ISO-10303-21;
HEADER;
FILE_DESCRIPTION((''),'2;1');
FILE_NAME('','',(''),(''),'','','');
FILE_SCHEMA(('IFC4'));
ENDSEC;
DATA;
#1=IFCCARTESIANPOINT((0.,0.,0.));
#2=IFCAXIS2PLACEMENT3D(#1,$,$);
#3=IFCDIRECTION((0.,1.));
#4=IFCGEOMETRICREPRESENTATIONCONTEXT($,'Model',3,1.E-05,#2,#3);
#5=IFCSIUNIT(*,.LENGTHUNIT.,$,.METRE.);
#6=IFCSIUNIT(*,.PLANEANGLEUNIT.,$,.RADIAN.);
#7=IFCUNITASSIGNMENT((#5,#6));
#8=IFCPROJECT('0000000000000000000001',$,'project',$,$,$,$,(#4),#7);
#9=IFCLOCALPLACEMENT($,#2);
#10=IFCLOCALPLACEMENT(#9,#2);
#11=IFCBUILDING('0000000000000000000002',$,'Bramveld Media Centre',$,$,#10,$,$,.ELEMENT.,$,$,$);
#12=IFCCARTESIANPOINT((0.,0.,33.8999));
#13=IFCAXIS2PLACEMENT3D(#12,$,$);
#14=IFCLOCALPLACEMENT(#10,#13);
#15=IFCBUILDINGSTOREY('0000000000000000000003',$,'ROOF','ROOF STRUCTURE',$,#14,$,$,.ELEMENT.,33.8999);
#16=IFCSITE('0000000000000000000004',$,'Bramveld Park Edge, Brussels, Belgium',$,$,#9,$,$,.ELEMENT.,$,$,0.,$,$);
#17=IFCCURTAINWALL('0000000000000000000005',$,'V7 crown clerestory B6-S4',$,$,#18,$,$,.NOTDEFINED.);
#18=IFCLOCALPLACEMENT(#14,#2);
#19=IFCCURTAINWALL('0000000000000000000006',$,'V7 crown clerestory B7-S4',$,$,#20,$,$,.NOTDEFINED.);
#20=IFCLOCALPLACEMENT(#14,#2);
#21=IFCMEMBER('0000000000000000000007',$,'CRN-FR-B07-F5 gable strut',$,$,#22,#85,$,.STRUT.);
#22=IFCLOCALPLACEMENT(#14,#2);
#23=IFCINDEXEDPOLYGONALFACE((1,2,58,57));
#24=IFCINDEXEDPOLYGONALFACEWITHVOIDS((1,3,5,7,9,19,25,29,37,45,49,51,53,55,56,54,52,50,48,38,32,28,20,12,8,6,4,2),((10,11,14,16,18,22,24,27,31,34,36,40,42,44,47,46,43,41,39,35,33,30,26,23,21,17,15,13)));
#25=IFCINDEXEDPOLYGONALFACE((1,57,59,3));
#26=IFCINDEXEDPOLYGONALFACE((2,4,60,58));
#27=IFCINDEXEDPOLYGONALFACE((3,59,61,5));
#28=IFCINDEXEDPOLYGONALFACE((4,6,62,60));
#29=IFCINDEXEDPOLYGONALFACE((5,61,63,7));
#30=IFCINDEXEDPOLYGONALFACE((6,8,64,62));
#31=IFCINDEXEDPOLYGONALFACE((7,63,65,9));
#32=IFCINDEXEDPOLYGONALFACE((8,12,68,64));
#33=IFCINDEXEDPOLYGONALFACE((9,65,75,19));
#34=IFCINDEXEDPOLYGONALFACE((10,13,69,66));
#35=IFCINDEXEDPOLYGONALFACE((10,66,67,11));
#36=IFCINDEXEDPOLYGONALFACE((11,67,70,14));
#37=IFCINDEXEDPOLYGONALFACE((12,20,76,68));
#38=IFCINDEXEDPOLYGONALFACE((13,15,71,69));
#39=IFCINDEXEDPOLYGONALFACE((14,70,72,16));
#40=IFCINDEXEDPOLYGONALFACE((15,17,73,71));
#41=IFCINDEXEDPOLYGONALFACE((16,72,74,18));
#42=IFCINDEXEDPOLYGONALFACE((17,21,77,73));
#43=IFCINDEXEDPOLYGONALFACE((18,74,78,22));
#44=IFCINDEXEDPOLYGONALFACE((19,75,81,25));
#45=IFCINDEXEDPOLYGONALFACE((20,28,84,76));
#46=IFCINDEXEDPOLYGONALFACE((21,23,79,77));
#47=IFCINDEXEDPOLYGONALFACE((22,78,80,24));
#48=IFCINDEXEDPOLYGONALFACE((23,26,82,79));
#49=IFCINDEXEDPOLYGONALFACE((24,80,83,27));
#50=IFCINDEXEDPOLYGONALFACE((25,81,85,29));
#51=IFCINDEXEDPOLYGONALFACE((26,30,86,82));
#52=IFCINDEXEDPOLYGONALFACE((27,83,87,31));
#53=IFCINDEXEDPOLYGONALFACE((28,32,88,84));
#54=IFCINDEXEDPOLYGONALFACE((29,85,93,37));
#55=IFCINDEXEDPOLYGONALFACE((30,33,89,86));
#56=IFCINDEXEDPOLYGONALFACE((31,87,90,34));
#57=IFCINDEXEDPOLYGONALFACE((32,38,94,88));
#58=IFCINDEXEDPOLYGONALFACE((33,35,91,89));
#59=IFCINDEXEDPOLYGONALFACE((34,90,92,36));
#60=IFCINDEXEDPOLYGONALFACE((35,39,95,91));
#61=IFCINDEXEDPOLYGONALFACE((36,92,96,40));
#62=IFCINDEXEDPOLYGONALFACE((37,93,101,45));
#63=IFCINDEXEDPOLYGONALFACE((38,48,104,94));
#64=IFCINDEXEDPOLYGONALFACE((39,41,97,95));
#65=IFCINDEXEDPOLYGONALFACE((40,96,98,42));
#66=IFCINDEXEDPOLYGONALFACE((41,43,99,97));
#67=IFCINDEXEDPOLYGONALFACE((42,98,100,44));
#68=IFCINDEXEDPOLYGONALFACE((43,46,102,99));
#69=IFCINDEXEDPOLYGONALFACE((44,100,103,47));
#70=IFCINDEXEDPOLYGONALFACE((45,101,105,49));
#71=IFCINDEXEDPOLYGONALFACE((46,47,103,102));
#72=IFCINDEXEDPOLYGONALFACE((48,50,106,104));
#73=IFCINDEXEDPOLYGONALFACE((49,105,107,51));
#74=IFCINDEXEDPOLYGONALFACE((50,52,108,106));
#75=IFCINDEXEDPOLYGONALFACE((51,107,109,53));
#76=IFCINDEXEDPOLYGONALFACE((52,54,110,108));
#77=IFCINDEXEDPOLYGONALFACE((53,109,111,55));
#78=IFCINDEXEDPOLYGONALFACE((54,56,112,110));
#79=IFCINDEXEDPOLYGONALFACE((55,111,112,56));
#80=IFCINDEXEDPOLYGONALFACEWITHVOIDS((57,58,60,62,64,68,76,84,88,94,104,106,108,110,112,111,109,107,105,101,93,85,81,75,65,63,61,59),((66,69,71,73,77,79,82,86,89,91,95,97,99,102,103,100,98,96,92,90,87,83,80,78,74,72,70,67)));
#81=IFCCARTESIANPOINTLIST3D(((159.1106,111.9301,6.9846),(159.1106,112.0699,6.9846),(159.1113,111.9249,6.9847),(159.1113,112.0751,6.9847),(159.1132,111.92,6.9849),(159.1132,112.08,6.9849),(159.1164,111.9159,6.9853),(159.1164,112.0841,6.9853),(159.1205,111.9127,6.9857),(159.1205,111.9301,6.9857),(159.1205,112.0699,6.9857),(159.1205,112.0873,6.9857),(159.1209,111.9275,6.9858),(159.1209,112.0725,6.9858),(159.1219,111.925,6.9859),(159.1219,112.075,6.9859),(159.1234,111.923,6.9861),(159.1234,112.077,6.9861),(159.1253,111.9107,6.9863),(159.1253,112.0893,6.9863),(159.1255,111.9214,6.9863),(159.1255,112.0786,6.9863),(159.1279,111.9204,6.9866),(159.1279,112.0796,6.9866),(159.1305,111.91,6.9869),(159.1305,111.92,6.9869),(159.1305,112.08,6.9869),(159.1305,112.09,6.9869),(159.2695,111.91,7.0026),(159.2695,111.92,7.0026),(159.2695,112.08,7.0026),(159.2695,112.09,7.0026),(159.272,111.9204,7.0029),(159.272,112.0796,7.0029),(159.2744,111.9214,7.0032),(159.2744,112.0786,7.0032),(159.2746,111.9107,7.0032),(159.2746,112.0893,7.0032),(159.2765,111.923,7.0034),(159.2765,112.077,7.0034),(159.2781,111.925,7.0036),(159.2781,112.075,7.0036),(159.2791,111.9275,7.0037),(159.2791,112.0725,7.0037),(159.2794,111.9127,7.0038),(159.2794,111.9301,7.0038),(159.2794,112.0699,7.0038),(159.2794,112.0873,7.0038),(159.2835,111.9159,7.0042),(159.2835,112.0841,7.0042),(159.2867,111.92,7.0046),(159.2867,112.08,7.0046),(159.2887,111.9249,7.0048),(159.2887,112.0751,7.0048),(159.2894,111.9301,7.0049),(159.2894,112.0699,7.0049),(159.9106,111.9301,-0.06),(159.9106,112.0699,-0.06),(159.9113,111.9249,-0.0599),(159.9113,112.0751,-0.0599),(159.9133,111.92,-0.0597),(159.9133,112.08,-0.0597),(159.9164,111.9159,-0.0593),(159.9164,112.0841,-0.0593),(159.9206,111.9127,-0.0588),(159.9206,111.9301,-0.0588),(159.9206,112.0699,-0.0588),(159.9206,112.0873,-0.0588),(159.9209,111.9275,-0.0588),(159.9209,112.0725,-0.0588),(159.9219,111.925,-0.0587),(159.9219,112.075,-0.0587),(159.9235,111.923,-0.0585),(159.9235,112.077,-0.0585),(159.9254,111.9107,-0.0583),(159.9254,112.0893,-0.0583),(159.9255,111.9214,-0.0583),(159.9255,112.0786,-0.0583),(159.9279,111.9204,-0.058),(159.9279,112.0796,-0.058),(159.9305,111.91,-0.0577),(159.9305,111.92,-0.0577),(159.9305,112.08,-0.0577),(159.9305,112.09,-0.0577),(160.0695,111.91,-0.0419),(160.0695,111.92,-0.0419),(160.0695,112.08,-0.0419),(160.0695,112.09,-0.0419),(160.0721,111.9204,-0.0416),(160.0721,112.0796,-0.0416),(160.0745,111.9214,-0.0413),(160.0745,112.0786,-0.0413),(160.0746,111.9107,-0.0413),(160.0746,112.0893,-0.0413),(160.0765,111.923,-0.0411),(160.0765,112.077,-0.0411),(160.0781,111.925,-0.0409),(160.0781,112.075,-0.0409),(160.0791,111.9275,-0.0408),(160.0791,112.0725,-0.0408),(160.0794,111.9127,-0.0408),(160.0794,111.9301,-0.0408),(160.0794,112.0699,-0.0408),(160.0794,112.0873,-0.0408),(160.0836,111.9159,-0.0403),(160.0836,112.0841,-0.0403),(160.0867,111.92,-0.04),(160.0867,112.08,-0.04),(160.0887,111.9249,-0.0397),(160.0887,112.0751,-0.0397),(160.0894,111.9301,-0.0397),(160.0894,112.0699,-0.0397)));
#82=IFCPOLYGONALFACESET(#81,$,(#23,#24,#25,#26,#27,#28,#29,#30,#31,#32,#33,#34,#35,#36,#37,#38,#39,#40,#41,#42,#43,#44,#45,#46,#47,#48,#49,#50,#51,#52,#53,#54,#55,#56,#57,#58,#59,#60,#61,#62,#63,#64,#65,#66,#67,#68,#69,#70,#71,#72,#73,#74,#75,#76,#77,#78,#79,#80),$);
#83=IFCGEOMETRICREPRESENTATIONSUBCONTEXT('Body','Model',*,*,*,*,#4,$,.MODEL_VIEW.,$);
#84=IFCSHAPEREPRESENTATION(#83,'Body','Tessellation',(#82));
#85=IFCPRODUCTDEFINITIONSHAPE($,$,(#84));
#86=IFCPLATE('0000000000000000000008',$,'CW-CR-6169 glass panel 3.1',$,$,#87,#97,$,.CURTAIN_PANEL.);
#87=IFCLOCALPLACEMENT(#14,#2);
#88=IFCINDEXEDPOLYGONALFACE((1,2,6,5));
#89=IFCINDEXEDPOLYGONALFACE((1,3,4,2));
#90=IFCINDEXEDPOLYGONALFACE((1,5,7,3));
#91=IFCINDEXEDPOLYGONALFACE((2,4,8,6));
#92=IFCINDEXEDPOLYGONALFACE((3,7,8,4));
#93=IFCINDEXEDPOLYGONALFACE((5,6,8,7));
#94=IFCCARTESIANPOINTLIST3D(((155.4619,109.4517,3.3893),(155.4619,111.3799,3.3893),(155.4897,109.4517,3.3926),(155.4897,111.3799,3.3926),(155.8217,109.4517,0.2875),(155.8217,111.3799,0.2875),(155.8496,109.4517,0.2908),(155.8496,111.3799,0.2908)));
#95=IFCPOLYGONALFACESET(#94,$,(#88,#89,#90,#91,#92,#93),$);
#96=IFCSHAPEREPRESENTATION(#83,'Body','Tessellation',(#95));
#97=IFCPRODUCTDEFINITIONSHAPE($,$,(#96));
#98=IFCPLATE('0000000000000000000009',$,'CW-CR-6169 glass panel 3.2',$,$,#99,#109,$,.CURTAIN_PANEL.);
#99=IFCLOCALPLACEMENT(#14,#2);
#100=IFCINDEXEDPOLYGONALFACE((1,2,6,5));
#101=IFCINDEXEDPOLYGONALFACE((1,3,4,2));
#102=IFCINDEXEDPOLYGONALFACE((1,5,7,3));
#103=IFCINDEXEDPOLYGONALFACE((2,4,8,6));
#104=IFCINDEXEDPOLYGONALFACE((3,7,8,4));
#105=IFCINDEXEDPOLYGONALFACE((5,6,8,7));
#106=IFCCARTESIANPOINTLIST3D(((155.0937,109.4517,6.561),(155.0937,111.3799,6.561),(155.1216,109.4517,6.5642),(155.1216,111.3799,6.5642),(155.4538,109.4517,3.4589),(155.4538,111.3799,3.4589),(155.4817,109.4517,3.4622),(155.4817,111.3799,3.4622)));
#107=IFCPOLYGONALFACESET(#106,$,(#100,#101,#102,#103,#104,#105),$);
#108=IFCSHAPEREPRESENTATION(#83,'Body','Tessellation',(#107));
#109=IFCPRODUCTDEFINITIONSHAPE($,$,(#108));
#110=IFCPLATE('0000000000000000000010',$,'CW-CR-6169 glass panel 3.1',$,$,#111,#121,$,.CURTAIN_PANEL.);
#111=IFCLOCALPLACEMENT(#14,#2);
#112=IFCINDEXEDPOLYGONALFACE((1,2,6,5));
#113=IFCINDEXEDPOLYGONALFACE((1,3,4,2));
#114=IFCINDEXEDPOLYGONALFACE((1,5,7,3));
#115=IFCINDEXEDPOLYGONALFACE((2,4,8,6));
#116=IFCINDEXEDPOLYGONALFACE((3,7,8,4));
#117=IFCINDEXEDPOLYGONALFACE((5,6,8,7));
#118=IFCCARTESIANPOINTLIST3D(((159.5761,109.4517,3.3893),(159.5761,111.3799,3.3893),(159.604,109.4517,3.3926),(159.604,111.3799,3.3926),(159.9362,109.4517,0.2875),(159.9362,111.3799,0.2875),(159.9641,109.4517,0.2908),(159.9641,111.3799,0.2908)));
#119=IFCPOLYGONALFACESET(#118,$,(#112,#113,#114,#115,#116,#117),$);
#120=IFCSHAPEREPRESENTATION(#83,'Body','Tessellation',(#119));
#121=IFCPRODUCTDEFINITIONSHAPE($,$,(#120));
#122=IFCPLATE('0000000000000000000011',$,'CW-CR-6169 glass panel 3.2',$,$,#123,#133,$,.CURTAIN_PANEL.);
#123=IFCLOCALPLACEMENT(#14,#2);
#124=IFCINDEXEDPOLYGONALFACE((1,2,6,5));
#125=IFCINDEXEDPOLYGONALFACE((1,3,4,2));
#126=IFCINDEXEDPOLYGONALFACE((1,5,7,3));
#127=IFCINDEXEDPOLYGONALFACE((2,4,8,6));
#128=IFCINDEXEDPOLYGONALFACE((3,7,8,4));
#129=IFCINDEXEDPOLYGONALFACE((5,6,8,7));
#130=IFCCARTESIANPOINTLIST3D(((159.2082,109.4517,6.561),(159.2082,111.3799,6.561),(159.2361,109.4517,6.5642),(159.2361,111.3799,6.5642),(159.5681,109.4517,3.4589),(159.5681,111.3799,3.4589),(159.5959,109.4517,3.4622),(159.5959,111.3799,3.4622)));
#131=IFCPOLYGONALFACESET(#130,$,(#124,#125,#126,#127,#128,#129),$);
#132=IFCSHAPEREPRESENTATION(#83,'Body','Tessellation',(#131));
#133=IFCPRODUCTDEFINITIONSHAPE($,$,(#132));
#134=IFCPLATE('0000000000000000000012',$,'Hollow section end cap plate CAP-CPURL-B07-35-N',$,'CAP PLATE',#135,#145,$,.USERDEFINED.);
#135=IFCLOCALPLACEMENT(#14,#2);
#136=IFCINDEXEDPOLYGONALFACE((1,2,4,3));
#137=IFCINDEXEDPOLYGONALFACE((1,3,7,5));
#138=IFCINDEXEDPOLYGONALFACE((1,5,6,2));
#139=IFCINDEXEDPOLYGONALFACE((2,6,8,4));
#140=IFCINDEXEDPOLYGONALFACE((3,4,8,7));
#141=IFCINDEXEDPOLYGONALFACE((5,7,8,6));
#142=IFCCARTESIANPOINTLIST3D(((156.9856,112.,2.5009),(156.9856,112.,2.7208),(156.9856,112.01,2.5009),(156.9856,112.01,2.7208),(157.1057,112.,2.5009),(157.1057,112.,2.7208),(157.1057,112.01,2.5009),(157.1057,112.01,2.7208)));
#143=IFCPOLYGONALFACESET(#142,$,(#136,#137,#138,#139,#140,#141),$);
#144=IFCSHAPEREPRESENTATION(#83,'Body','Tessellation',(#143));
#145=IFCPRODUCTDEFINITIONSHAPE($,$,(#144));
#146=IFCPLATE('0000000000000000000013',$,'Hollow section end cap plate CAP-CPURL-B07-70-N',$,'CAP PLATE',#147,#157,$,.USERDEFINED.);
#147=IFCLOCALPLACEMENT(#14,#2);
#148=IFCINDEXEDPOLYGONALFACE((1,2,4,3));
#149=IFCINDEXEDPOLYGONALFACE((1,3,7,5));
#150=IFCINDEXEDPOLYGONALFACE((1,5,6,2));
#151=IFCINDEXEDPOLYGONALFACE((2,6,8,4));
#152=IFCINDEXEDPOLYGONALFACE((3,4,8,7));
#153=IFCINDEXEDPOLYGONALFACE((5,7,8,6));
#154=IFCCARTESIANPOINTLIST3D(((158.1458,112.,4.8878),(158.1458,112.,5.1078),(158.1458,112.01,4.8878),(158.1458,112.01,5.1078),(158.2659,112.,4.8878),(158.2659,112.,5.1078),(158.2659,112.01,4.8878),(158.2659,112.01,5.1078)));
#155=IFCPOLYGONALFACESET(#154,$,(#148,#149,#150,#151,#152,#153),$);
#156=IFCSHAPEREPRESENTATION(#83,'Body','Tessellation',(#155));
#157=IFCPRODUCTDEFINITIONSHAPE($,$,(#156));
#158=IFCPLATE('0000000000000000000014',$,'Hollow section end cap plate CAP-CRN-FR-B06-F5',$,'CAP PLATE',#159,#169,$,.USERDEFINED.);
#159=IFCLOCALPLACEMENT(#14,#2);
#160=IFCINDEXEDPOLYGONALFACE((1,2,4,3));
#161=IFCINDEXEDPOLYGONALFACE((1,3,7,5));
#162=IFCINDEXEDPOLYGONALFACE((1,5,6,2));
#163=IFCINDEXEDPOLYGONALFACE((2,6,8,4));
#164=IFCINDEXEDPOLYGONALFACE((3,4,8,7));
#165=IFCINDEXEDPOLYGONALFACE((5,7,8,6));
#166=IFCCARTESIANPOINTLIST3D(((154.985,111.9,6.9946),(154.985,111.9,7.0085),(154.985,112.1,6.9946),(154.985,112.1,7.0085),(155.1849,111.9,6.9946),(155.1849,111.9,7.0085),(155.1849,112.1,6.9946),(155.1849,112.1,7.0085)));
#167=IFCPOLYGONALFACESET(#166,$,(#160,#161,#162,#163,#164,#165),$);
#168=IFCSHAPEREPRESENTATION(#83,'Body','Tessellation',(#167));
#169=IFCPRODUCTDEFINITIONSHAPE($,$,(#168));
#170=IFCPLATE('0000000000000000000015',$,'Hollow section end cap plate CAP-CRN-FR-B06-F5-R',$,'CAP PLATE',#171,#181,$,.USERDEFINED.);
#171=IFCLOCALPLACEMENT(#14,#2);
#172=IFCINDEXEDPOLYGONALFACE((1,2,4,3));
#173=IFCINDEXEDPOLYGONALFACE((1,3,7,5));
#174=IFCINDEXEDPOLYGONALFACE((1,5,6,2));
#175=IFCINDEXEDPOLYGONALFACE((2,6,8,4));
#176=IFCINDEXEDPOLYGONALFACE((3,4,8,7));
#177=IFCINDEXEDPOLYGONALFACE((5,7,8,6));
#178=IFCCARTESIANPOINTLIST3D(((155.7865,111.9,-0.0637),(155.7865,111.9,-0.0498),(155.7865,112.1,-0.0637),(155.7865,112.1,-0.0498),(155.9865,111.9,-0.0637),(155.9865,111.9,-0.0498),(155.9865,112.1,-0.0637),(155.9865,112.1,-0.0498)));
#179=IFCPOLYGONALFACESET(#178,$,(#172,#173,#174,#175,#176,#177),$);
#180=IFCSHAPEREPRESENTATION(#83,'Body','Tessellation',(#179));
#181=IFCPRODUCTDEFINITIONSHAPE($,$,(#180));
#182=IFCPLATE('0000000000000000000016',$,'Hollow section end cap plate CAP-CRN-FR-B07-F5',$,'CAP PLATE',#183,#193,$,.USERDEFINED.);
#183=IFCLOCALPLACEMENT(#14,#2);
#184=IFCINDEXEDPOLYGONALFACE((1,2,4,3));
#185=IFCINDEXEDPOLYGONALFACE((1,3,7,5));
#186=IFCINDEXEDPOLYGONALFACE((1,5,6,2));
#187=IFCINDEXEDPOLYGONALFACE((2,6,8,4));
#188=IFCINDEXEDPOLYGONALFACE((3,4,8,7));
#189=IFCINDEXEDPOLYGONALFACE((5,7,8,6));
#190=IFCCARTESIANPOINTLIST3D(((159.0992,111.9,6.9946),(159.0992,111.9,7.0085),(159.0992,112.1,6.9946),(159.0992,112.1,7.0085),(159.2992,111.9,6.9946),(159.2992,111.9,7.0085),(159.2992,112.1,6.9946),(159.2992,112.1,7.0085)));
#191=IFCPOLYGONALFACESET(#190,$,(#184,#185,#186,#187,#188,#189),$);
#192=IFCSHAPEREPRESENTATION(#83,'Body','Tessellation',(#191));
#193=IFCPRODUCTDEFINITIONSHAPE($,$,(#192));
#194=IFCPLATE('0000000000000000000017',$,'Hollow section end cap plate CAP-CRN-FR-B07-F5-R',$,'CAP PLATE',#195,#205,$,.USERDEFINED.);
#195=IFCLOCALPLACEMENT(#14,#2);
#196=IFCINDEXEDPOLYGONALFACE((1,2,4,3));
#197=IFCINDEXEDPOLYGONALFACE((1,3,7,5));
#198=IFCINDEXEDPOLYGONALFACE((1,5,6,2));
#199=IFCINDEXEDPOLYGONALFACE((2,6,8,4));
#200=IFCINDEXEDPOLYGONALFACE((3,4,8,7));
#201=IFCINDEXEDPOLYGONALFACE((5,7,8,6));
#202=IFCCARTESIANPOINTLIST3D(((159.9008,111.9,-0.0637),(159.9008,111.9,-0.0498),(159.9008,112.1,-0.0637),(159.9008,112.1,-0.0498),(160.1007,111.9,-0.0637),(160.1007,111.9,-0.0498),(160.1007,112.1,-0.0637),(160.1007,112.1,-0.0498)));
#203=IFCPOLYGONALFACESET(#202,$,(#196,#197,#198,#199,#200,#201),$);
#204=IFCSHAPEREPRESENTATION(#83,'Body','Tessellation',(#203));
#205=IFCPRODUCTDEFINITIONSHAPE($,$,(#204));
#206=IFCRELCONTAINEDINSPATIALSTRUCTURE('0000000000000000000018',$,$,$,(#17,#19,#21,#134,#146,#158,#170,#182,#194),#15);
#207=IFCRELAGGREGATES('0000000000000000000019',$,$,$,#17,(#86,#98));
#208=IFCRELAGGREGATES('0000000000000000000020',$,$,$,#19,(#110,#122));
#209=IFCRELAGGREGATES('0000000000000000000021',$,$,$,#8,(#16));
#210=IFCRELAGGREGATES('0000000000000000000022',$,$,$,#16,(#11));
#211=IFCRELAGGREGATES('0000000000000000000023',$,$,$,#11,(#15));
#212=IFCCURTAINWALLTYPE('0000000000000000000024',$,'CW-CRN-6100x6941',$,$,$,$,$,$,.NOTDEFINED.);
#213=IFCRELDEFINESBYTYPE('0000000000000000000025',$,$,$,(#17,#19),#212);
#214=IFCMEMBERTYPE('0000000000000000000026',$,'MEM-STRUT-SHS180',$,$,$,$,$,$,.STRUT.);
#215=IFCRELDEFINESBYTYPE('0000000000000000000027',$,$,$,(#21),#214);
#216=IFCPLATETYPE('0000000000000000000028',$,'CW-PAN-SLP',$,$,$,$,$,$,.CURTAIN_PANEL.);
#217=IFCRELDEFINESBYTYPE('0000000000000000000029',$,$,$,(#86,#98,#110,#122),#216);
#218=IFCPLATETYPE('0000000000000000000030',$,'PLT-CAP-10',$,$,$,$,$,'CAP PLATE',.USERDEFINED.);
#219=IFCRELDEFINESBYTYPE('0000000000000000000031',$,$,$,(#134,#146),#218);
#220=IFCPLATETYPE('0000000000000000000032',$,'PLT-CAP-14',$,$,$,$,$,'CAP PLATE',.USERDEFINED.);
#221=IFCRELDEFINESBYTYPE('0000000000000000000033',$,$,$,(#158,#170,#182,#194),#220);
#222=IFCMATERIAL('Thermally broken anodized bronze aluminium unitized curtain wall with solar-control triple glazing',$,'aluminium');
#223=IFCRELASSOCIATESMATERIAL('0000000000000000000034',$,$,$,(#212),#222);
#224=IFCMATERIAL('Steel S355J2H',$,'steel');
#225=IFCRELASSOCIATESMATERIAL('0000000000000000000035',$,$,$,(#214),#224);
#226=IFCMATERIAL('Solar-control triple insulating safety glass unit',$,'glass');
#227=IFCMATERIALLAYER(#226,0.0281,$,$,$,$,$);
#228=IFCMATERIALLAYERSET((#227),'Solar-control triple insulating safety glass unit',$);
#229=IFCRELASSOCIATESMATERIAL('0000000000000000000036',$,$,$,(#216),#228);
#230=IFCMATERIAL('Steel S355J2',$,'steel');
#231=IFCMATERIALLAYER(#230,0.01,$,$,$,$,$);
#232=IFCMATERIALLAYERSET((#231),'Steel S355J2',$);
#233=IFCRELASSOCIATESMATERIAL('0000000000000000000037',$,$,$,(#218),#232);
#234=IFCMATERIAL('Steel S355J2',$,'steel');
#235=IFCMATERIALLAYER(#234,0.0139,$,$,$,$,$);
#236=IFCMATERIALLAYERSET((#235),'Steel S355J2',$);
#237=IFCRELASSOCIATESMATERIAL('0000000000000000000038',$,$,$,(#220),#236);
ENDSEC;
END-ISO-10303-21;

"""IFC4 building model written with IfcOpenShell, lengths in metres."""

from ifc_helpers import new_model, si_unit, direction, frame, origin, origin_2d, place, context, subcontext, project, spatial, polyline, rectangle, hollow_rectangle, outline, extrude, material, layer, layer_set, material_profile, profile_set, type_object, element, aggregate, save


model = new_model("IFC4")

# Units and contexts
model_context = context("Model", 3, precision=1e-05, world=origin(), true_north=direction((0.0, 1.0)))
body_context = subcontext(model_context, "Body", "Model", "MODEL_VIEW")
ifc_project = project(units=[si_unit("LENGTHUNIT", "METRE"), si_unit("PLANEANGLEUNIT", "RADIAN")], contexts=[model_context])

# Site, building, storey
site_placement = place(None, origin())
site = spatial("IfcSite", under=ifc_project, at=site_placement, Name="Bramveld Park Edge, Brussels, Belgium", CompositionType="ELEMENT", RefElevation=0.0)
building_placement = place(site_placement, origin())
building = spatial("IfcBuilding", under=site, at=building_placement, Name="Bramveld Media Centre", CompositionType="ELEMENT")
storey_placement = place(building_placement, frame((0.0, 0.0, 33.8999)))
storey = spatial("IfcBuildingStorey", under=building, at=storey_placement, Name="ROOF", Description="ROOF STRUCTURE", CompositionType="ELEMENT", Elevation=33.8999)

# Curtain walls
ifc_material_1 = material(Name="Thermally broken anodized bronze aluminium unitized curtain wall with solar-control triple glazing", Category="aluminium")
curtain_wall_type = type_object("IfcCurtainWallType", Name="CW-CRN-6100x6941", PredefinedType="NOTDEFINED", material=ifc_material_1)
curtain_wall_1_placement = place(storey_placement, origin())
curtain_wall_1 = element("IfcCurtainWall", 1, at=curtain_wall_1_placement, inside=storey, type_object=curtain_wall_type, Name="V7 crown clerestory B6-S4", PredefinedType="NOTDEFINED")
curtain_wall_2_placement = place(storey_placement, origin())
curtain_wall_2 = element("IfcCurtainWall", 2, at=curtain_wall_2_placement, inside=storey, type_object=curtain_wall_type, Name="V7 crown clerestory B7-S4", PredefinedType="NOTDEFINED")

# Member
ifc_material_2 = material(Name="Steel S355J2H", Category="steel")
ifc_material_profile_1 = material_profile(ifc_material_2, hollow_rectangle(XDim=0.1799, YDim=0.1799, WallThickness=0.01, InnerFilletRadius=0.01, OuterFilletRadius=0.02, at=origin_2d()), Name="SHS 180x180x10")
ifc_profile_set_1 = profile_set([ifc_material_profile_1], Name="Steel S355J2H")
member_type_1 = type_object("IfcMemberType", Name="MEM-STRUT-SHS180", PredefinedType="STRUT", material=ifc_profile_set_1)
for number, where, z_axis, x_axis, name in (
    (3, (160.0, 112.0, -0.0498), (-0.112842, 0.0, 0.993613), (0.0, -1.0, 0.0), "CRN-FR-B07-F5 gable strut"),
):
    element("IfcMember", number, at=place(storey_placement, frame(where, z_axis=z_axis, x_axis=x_axis)), inside=storey, type_object=member_type_1, Name=name, PredefinedType="STRUT", context=body_context, shape_type="SweptSolid", body=[
        extrude(hollow_rectangle(XDim=0.1799, YDim=0.1799, WallThickness=0.01, InnerFilletRadius=0.01, OuterFilletRadius=0.02, at=origin_2d()), origin(), (0.0, 0.0, 1.0), 7.0898),
    ])

# Plates
ifc_material_3 = material(Name="Solar-control triple insulating safety glass unit", Category="glass")
ifc_layer_1 = layer(ifc_material_3, 0.0281)
ifc_layer_set_1 = layer_set([ifc_layer_1], Name="Solar-control triple insulating safety glass unit")
plate_type_1 = type_object("IfcPlateType", Name="CW-PAN-SLP", PredefinedType="CURTAIN_PANEL", material=ifc_layer_set_1)
plate_1_placement = place(storey_placement, frame((155.8496, 109.4517, 0.2908), z_axis=(0.993337, 0.0, 0.115244), x_axis=(0.0, 1.0, 0.0)))
plate_1 = element("IfcPlate", 4, at=plate_1_placement, type_object=plate_type_1, Name="CW-CR-6169 glass panel 3.1", PredefinedType="CURTAIN_PANEL", context=body_context, shape_type="SweptSolid", body=[
    extrude(outline(polyline([(0.0, 0.0), (1.9282, 0.0), (1.9282, 3.1226), (0.0, 3.1226), (0.0, 0.0)])), origin(), (0.0, 0.0, -1.0), 0.0281),
])
plate_2_placement = place(storey_placement, frame((155.4817, 109.4517, 3.4622), z_axis=(0.993329, 0.0, 0.115313), x_axis=(0.0, 1.0, 0.0)))
plate_2 = element("IfcPlate", 5, at=plate_2_placement, type_object=plate_type_1, Name="CW-CR-6169 glass panel 3.2", PredefinedType="CURTAIN_PANEL", context=body_context, shape_type="SweptSolid", body=[
    extrude(outline(polyline([(0.0, 0.0), (1.9282, 0.0), (1.9282, 3.1229), (0.0, 3.1229), (0.0, 0.0)])), origin(), (0.0, 0.0, -1.0), 0.0281),
])
aggregate(curtain_wall_1, [plate_1, plate_2])
plate_3_placement = place(storey_placement, frame((159.9641, 109.4517, 0.2908), z_axis=(0.993328, 0.0, 0.115321), x_axis=(0.0, 1.0, 0.0)))
plate_3 = element("IfcPlate", 6, at=plate_3_placement, type_object=plate_type_1, Name="CW-CR-6169 glass panel 3.1", PredefinedType="CURTAIN_PANEL", context=body_context, shape_type="SweptSolid", body=[
    extrude(outline(polyline([(0.0, 0.0), (1.9282, 0.0), (1.9282, 3.1226), (0.0, 3.1226), (0.0, 0.0)])), origin(), (0.0, 0.0, -1.0), 0.0281),
])
plate_4_placement = place(storey_placement, frame((159.5959, 109.4517, 3.4622), z_axis=(0.993338, 0.0, 0.115235), x_axis=(0.0, 1.0, 0.0)))
plate_4 = element("IfcPlate", 7, at=plate_4_placement, type_object=plate_type_1, Name="CW-CR-6169 glass panel 3.2", PredefinedType="CURTAIN_PANEL", context=body_context, shape_type="SweptSolid", body=[
    extrude(outline(polyline([(0.0, 0.0), (1.9282, 0.0), (1.9282, 3.1229), (0.0, 3.1229), (0.0, 0.0)])), origin(), (0.0, 0.0, -1.0), 0.0281),
])
aggregate(curtain_wall_2, [plate_3, plate_4])

# Plates
ifc_material_4 = material(Name="Steel S355J2", Category="steel")
ifc_layer_2 = layer(ifc_material_4, 0.01)
ifc_layer_set_2 = layer_set([ifc_layer_2], Name="Steel S355J2")
plate_type_2 = type_object("IfcPlateType", Name="PLT-CAP-10", ElementType="CAP PLATE", PredefinedType="USERDEFINED", material=ifc_layer_set_2)
for number, where, z_axis, x_axis, name in (
    (8, (157.0457, 112.0, 2.6108), (0.0, 1.0, 0.0), (-1.0, 0.0, 0.0), "Hollow section end cap plate CAP-CPURL-B07-35-N"),
    (9, (158.2058, 112.0, 4.9978), (0.0, 1.0, 0.0), (-1.0, 0.0, 0.0), "Hollow section end cap plate CAP-CPURL-B07-70-N"),
):
    element("IfcPlate", number, at=place(storey_placement, frame(where, z_axis=z_axis, x_axis=x_axis)), inside=storey, type_object=plate_type_2, Name=name, ObjectType="CAP PLATE", PredefinedType="USERDEFINED", context=body_context, shape_type="SweptSolid", body=[
        extrude(rectangle(XDim=0.1201, YDim=0.22, at=origin_2d()), origin(), (0.0, 0.0, 1.0), 0.01),
    ])
ifc_material_5 = material(Name="Steel S355J2", Category="steel")
ifc_layer_3 = layer(ifc_material_5, 0.0139)
ifc_layer_set_3 = layer_set([ifc_layer_3], Name="Steel S355J2")
plate_type_3 = type_object("IfcPlateType", Name="PLT-CAP-14", ElementType="CAP PLATE", PredefinedType="USERDEFINED", material=ifc_layer_set_3)
for number, where, z_axis, x_axis, name in (
    (10, (155.085, 112.0, 6.9946), (0.0, 0.0, 1.0), (1.0, 0.0, 0.0), "Hollow section end cap plate CAP-CRN-FR-B06-F5"),
    (11, (155.8865, 112.0, -0.0498), (0.0, 0.0, -1.0), (1.0, 0.0, 0.0), "Hollow section end cap plate CAP-CRN-FR-B06-F5-R"),
    (12, (159.1992, 112.0, 6.9946), (0.0, 0.0, 1.0), (1.0, 0.0, 0.0), "Hollow section end cap plate CAP-CRN-FR-B07-F5"),
    (13, (160.0007, 112.0, -0.0498), (0.0, 0.0, -1.0), (1.0, 0.0, 0.0), "Hollow section end cap plate CAP-CRN-FR-B07-F5-R"),
):
    element("IfcPlate", number, at=place(storey_placement, frame(where, z_axis=z_axis, x_axis=x_axis)), inside=storey, type_object=plate_type_3, Name=name, ObjectType="CAP PLATE", PredefinedType="USERDEFINED", context=body_context, shape_type="SweptSolid", body=[
        extrude(rectangle(XDim=0.2, YDim=0.2, at=origin_2d()), origin(), (0.0, 0.0, 1.0), 0.0139),
    ])

save(model, "model.ifc")
